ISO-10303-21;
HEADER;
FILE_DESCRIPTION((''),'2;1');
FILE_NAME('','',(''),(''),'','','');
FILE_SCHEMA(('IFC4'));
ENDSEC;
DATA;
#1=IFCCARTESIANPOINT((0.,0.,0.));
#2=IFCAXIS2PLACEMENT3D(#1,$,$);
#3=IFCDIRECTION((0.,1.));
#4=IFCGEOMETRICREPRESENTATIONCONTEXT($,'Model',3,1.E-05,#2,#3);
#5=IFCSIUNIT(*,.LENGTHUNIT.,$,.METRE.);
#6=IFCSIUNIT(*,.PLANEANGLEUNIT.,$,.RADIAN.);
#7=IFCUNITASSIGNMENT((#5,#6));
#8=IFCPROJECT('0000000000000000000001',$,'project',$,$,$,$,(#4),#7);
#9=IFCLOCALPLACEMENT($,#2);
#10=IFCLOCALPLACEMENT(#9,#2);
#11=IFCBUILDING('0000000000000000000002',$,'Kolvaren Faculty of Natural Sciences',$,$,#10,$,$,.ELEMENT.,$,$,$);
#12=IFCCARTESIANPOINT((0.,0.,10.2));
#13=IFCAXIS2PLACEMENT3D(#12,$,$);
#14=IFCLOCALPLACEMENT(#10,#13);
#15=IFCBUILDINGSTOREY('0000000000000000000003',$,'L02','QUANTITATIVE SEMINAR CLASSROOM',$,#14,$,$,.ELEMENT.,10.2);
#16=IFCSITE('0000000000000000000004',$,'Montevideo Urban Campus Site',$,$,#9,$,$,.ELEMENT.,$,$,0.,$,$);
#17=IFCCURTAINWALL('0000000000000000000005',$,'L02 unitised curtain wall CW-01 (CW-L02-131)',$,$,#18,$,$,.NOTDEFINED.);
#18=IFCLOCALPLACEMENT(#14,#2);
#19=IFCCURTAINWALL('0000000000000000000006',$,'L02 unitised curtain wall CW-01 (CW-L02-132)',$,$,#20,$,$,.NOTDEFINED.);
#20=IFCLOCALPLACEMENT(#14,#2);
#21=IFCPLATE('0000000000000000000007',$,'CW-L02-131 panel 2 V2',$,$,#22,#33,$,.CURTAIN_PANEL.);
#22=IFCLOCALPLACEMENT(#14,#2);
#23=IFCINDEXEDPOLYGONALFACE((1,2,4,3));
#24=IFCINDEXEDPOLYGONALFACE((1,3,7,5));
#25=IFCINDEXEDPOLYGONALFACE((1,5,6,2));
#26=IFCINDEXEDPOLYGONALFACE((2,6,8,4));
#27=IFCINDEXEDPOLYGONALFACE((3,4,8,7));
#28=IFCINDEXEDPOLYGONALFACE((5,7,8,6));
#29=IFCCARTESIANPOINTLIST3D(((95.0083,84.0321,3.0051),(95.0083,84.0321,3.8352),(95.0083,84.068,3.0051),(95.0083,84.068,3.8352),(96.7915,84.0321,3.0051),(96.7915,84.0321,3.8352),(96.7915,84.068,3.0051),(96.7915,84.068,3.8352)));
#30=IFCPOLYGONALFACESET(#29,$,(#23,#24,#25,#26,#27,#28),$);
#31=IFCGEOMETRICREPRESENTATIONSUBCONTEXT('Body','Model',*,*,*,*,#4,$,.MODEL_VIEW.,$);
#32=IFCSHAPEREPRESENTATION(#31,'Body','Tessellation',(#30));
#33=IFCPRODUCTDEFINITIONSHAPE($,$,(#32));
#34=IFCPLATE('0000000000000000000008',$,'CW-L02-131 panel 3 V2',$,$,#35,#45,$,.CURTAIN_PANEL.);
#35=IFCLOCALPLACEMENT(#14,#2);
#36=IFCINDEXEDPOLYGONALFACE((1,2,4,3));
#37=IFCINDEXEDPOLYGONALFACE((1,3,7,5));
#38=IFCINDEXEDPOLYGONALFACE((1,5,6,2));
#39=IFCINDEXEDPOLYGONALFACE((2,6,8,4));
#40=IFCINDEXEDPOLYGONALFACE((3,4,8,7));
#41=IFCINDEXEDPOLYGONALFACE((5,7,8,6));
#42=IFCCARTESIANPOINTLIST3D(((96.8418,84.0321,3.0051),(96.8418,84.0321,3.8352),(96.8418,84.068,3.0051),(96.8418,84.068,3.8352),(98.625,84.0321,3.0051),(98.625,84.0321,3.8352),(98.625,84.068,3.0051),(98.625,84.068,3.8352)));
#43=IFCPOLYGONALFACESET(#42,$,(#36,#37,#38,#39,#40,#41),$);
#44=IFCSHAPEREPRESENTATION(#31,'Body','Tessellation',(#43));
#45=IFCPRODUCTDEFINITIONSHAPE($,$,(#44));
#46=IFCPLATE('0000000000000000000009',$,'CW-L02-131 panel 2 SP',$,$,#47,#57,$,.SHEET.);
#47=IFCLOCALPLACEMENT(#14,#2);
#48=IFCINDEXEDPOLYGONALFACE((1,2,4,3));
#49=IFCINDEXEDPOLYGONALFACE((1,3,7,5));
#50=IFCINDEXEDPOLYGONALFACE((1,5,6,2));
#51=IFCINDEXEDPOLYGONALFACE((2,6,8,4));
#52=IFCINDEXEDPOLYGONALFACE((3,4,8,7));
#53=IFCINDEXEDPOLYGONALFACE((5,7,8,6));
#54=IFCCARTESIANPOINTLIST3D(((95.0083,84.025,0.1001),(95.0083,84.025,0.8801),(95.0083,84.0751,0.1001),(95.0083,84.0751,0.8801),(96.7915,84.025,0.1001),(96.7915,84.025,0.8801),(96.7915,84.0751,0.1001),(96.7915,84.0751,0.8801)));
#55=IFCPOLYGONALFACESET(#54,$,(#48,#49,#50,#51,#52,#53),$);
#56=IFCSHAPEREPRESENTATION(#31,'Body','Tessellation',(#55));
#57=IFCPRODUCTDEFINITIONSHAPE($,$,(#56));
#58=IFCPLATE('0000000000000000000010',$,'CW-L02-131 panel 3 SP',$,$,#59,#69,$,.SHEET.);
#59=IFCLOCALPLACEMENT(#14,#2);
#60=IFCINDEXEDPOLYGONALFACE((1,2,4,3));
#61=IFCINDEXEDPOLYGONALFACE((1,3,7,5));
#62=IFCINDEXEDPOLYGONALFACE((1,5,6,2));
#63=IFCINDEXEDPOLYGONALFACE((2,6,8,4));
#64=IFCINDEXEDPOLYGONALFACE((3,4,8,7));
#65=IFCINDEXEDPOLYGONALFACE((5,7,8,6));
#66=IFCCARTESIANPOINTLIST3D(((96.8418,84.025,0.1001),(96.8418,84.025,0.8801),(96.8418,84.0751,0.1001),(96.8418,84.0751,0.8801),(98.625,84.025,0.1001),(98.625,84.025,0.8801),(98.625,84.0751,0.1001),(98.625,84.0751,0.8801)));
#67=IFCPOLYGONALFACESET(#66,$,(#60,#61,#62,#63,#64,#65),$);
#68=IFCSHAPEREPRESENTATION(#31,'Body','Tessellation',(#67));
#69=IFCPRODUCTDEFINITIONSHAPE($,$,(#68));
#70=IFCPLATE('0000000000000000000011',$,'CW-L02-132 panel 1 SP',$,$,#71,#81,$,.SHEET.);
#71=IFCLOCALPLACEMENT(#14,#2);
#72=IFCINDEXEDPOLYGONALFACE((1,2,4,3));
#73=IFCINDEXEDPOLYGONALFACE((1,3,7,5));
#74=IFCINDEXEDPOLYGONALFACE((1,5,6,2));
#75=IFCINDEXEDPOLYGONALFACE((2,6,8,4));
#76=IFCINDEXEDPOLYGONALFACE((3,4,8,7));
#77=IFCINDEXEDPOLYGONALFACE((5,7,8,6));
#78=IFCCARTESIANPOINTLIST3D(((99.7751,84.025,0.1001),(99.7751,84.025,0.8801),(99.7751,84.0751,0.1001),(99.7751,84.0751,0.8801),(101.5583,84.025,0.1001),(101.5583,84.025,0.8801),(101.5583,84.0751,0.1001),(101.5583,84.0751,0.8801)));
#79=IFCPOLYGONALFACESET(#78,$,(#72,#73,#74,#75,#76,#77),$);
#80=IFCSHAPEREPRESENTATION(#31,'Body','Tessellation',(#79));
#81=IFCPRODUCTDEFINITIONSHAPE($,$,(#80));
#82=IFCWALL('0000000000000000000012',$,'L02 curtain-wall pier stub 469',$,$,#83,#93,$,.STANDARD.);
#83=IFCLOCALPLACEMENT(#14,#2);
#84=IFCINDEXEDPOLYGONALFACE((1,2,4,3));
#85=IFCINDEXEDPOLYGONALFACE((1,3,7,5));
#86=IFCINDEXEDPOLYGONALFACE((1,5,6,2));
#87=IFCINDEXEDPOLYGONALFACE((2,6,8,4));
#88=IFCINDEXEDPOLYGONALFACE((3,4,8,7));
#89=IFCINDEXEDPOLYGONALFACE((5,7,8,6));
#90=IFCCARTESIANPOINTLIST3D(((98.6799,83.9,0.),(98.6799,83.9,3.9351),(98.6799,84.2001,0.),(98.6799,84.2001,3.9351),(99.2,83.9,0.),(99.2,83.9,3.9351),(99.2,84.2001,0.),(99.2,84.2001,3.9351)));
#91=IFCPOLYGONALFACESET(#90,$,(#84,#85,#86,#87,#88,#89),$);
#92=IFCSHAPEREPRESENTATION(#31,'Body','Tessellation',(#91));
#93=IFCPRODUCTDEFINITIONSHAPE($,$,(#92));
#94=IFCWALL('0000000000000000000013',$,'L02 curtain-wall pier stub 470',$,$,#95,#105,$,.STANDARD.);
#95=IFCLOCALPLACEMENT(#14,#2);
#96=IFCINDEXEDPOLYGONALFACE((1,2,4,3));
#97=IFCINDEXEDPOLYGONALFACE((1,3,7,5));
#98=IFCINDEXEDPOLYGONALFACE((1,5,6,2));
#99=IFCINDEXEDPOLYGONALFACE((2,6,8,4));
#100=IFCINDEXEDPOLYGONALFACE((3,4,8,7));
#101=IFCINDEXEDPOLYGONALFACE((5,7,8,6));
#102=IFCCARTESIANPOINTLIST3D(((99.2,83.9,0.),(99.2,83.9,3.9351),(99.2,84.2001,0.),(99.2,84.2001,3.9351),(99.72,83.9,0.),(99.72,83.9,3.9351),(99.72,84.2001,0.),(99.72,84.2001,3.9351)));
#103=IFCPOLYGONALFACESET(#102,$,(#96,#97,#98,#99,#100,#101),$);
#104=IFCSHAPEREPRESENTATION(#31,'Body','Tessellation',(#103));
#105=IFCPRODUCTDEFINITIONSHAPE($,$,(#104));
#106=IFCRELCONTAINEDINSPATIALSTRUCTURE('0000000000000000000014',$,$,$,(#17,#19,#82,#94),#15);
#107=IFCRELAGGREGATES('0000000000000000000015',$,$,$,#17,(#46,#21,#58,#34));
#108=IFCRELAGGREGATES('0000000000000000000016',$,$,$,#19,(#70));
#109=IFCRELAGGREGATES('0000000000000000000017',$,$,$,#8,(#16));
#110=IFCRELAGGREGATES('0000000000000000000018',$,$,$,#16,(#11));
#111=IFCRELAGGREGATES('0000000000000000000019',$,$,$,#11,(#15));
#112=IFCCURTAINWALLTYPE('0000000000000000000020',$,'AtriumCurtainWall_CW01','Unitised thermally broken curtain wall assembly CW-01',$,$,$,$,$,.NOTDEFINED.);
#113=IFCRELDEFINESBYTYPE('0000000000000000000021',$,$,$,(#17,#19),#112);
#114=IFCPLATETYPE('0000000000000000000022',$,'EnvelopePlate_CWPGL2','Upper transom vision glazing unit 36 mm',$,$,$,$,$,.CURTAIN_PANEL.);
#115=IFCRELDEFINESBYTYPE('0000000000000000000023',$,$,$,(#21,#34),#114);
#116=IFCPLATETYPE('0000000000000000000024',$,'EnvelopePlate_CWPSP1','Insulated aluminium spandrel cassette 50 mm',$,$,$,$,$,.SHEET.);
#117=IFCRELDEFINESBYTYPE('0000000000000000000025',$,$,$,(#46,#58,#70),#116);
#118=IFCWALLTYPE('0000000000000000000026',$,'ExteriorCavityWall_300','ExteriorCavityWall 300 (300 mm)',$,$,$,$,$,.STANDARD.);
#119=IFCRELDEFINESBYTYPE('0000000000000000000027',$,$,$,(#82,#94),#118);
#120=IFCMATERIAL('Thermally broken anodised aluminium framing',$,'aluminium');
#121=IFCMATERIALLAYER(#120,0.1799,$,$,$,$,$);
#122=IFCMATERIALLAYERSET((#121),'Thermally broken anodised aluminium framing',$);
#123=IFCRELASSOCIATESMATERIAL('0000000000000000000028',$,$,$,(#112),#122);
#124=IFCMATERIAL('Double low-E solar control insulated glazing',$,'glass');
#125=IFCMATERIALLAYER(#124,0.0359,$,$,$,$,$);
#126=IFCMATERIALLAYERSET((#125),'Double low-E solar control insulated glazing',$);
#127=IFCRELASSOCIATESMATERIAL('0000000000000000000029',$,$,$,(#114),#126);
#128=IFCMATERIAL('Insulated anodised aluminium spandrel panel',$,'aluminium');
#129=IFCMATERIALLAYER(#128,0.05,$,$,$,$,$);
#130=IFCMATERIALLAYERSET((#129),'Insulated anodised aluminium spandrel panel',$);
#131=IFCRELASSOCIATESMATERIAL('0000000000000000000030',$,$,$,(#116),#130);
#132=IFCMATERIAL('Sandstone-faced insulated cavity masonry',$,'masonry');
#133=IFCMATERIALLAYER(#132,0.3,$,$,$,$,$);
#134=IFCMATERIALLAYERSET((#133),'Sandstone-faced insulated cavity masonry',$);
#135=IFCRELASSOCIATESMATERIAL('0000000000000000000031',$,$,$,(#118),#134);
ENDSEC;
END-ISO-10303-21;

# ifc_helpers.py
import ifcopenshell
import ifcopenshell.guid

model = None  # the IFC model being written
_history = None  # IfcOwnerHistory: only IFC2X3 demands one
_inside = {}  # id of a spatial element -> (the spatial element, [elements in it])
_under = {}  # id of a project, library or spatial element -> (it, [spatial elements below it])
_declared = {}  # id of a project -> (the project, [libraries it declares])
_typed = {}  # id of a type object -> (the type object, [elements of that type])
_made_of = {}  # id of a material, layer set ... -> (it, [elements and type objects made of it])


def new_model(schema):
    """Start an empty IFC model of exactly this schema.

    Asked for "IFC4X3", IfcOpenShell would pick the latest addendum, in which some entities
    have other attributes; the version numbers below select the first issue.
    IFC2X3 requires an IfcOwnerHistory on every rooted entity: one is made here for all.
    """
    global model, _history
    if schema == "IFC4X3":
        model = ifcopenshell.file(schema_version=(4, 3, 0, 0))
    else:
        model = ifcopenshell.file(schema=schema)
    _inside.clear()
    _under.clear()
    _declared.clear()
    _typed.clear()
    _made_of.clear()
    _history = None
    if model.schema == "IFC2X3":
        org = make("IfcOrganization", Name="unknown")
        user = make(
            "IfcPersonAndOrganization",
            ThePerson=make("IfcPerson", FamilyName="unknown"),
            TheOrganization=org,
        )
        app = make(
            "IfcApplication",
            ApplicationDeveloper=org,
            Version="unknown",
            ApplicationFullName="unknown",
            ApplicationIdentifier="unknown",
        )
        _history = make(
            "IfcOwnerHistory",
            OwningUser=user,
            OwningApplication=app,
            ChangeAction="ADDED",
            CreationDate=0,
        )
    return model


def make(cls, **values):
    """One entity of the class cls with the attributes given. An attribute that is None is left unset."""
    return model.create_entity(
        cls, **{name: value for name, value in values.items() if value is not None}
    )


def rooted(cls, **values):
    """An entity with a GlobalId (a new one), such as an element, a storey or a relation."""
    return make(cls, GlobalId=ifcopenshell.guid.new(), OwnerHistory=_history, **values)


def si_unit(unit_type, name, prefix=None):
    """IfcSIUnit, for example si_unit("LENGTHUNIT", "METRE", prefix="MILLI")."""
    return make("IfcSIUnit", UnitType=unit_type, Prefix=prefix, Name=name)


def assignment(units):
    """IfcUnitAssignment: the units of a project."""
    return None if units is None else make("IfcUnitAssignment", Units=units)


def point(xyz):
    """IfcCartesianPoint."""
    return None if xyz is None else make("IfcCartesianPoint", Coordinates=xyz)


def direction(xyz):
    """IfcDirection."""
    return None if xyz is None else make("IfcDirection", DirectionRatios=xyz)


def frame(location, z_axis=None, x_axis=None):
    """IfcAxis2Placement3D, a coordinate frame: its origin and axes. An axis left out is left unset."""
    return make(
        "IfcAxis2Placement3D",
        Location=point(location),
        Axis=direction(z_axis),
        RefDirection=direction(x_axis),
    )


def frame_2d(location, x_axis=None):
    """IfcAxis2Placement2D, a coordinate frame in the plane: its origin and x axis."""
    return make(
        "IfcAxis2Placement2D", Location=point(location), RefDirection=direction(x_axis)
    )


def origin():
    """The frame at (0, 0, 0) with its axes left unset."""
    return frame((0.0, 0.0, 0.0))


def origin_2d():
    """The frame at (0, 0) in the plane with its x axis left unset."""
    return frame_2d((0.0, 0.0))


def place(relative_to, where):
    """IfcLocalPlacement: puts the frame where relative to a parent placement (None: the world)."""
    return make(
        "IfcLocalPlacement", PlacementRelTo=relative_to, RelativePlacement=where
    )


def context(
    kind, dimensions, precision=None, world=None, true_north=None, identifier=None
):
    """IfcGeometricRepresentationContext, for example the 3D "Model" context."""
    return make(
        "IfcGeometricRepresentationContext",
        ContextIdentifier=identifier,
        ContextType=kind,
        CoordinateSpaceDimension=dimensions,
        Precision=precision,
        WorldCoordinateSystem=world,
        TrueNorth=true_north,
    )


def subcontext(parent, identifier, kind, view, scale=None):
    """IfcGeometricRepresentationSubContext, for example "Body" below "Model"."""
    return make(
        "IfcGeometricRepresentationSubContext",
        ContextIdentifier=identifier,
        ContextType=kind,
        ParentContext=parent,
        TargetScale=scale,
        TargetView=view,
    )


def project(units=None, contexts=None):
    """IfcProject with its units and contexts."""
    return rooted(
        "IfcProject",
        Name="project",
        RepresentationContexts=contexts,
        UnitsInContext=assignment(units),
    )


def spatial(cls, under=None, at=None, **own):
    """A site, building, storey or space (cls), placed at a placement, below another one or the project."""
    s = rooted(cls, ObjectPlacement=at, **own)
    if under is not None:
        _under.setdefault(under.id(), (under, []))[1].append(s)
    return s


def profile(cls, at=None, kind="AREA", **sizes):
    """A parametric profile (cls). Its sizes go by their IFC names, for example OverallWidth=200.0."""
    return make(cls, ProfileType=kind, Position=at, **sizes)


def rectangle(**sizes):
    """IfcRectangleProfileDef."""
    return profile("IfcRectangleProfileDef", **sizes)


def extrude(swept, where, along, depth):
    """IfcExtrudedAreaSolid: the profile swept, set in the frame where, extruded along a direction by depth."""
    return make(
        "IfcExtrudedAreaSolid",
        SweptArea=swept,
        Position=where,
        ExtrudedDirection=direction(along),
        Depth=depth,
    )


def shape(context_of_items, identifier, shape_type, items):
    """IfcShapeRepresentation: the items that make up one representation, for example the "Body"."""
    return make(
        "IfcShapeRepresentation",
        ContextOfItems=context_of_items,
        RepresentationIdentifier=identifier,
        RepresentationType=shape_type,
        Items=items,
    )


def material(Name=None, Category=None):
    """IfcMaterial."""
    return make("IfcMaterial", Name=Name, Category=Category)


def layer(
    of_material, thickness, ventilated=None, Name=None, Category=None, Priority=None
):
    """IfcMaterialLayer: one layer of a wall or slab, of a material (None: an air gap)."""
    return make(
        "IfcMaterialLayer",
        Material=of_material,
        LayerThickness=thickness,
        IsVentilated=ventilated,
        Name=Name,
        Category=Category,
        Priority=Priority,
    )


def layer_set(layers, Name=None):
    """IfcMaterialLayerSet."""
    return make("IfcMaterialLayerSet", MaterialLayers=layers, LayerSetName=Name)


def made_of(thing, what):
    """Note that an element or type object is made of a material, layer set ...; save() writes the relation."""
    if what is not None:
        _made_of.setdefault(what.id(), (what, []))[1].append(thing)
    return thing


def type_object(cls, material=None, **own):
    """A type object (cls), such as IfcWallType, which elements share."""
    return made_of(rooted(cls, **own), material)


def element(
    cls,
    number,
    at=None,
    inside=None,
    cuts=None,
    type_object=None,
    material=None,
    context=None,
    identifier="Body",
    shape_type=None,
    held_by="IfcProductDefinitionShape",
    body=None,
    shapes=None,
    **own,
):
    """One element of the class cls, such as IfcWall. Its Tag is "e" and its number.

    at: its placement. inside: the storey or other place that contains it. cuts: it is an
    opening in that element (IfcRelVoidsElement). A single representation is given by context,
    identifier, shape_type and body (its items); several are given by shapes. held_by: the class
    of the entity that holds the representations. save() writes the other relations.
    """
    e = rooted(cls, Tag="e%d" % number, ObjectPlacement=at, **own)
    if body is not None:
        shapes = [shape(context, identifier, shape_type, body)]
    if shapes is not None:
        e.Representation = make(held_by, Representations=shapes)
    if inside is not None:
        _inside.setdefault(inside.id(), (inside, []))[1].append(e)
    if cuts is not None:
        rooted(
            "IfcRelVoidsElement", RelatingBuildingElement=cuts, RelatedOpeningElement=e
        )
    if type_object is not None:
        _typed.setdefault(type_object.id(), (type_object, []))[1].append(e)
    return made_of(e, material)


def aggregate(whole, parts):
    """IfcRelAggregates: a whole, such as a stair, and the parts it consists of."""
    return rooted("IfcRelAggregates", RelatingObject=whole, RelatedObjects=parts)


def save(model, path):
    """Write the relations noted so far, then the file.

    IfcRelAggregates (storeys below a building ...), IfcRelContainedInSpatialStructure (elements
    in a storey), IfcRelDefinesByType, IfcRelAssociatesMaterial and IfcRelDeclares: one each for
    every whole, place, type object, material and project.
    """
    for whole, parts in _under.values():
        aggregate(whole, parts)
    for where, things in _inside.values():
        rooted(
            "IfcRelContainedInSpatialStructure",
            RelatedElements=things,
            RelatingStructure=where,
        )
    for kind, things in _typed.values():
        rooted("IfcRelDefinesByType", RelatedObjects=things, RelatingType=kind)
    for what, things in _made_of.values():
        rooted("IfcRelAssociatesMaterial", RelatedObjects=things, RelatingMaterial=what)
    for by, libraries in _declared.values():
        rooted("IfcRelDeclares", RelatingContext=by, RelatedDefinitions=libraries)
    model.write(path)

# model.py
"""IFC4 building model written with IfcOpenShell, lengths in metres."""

from ifc_helpers import new_model, si_unit, direction, frame, frame_2d, origin, origin_2d, place, context, subcontext, project, spatial, rectangle, extrude, material, layer, layer_set, type_object, element, aggregate, save


model = new_model("IFC4")

# Units and contexts
model_context = context("Model", 3, precision=1e-05, world=origin(), true_north=direction((0.0, 1.0)))
body_context = subcontext(model_context, "Body", "Model", "MODEL_VIEW")
ifc_project = project(units=[si_unit("LENGTHUNIT", "METRE"), si_unit("PLANEANGLEUNIT", "RADIAN")], contexts=[model_context])

# Site, building, storey
site_placement = place(None, origin())
site = spatial("IfcSite", under=ifc_project, at=site_placement, Name="Montevideo Urban Campus Site", CompositionType="ELEMENT", RefElevation=0.0)
building_placement = place(site_placement, origin())
building = spatial("IfcBuilding", under=site, at=building_placement, Name="Kolvaren Faculty of Natural Sciences", CompositionType="ELEMENT")
storey_placement = place(building_placement, frame((0.0, 0.0, 10.2)))
storey = spatial("IfcBuildingStorey", under=building, at=storey_placement, Name="L02", Description="QUANTITATIVE SEMINAR CLASSROOM", CompositionType="ELEMENT", Elevation=10.2)

# Curtain walls
ifc_material_1 = material(Name="Thermally broken anodised aluminium framing", Category="aluminium")
ifc_layer_1 = layer(ifc_material_1, 0.1799)
ifc_layer_set_1 = layer_set([ifc_layer_1], Name="Thermally broken anodised aluminium framing")
curtain_wall_type = type_object("IfcCurtainWallType", Name="AtriumCurtainWall_CW01", Description="Unitised thermally broken curtain wall assembly CW-01", PredefinedType="NOTDEFINED", material=ifc_layer_set_1)
curtain_wall_1_placement = place(storey_placement, origin())
curtain_wall_1 = element("IfcCurtainWall", 1, at=curtain_wall_1_placement, inside=storey, type_object=curtain_wall_type, Name="L02 unitised curtain wall CW-01 (CW-L02-131)", PredefinedType="NOTDEFINED")
curtain_wall_2_placement = place(storey_placement, origin())
curtain_wall_2 = element("IfcCurtainWall", 2, at=curtain_wall_2_placement, inside=storey, type_object=curtain_wall_type, Name="L02 unitised curtain wall CW-01 (CW-L02-132)", PredefinedType="NOTDEFINED")

# Plates
ifc_material_2 = material(Name="Double low-E solar control insulated glazing", Category="glass")
ifc_layer_2 = layer(ifc_material_2, 0.0359)
ifc_layer_set_2 = layer_set([ifc_layer_2], Name="Double low-E solar control insulated glazing")
plate_type_1 = type_object("IfcPlateType", Name="EnvelopePlate_CWPGL2", Description="Upper transom vision glazing unit 36 mm", PredefinedType="CURTAIN_PANEL", material=ifc_layer_set_2)
plate_1_placement = place(storey_placement, frame((95.8999, 84.05, 3.0051), z_axis=(0.0, 0.0, 1.0), x_axis=(1.0, 0.0, 0.0)))
plate_1 = element("IfcPlate", 3, at=plate_1_placement, type_object=plate_type_1, Name="CW-L02-131 panel 2 V2", PredefinedType="CURTAIN_PANEL", context=body_context, shape_type="SweptSolid", body=[
    extrude(rectangle(XDim=1.7832, YDim=0.0359, at=origin_2d()), origin(), (0.0, 0.0, 1.0), 0.8301),
])
plate_2_placement = place(storey_placement, frame((97.7334, 84.05, 3.0051), z_axis=(0.0, 0.0, 1.0), x_axis=(1.0, 0.0, 0.0)))
plate_2 = element("IfcPlate", 4, at=plate_2_placement, type_object=plate_type_1, Name="CW-L02-131 panel 3 V2", PredefinedType="CURTAIN_PANEL", context=body_context, shape_type="SweptSolid", body=[
    extrude(rectangle(XDim=1.7832, YDim=0.0359, at=origin_2d()), origin(), (0.0, 0.0, 1.0), 0.8301),
])
ifc_material_3 = material(Name="Insulated anodised aluminium spandrel panel", Category="aluminium")
ifc_layer_3 = layer(ifc_material_3, 0.05)
ifc_layer_set_3 = layer_set([ifc_layer_3], Name="Insulated anodised aluminium spandrel panel")
plate_type_2 = type_object("IfcPlateType", Name="EnvelopePlate_CWPSP1", Description="Insulated aluminium spandrel cassette 50 mm", PredefinedType="SHEET", material=ifc_layer_set_3)
plate_3_placement = place(storey_placement, frame((95.8999, 84.05, 0.1001), z_axis=(0.0, 0.0, 1.0), x_axis=(1.0, 0.0, 0.0)))
plate_3 = element("IfcPlate", 5, at=plate_3_placement, type_object=plate_type_2, Name="CW-L02-131 panel 2 SP", PredefinedType="SHEET", context=body_context, shape_type="SweptSolid", body=[
    extrude(rectangle(XDim=1.7832, YDim=0.05, at=origin_2d()), origin(), (0.0, 0.0, 1.0), 0.78),
])
plate_4_placement = place(storey_placement, frame((97.7334, 84.05, 0.1001), z_axis=(0.0, 0.0, 1.0), x_axis=(1.0, 0.0, 0.0)))
plate_4 = element("IfcPlate", 6, at=plate_4_placement, type_object=plate_type_2, Name="CW-L02-131 panel 3 SP", PredefinedType="SHEET", context=body_context, shape_type="SweptSolid", body=[
    extrude(rectangle(XDim=1.7832, YDim=0.05, at=origin_2d()), origin(), (0.0, 0.0, 1.0), 0.78),
])
aggregate(curtain_wall_1, [plate_3, plate_1, plate_4, plate_2])
plate_5_placement = place(storey_placement, frame((100.6667, 84.05, 0.1001), z_axis=(0.0, 0.0, 1.0), x_axis=(1.0, 0.0, 0.0)))
plate_5 = element("IfcPlate", 7, at=plate_5_placement, type_object=plate_type_2, Name="CW-L02-132 panel 1 SP", PredefinedType="SHEET", context=body_context, shape_type="SweptSolid", body=[
    extrude(rectangle(XDim=1.7832, YDim=0.05, at=origin_2d()), origin(), (0.0, 0.0, 1.0), 0.78),
])
aggregate(curtain_wall_2, [plate_5])

# Walls
ifc_material_4 = material(Name="Sandstone-faced insulated cavity masonry", Category="masonry")
ifc_layer_4 = layer(ifc_material_4, 0.3)
ifc_layer_set_4 = layer_set([ifc_layer_4], Name="Sandstone-faced insulated cavity masonry")
wall_type = type_object("IfcWallType", Name="ExteriorCavityWall_300", Description="ExteriorCavityWall 300 (300 mm)", PredefinedType="STANDARD", material=ifc_layer_set_4)
for number, where, z_axis, x_axis, name in (
    (8, (98.6799, 84.05, 0.0), (0.0, 0.0, 1.0), (1.0, 0.0, 0.0), "L02 curtain-wall pier stub 469"),
    (9, (99.2, 84.05, 0.0), (0.0, 0.0, 1.0), (1.0, 0.0, 0.0), "L02 curtain-wall pier stub 470"),
):
    element("IfcWall", number, at=place(storey_placement, frame(where, z_axis=z_axis, x_axis=x_axis)), inside=storey, type_object=wall_type, Name=name, PredefinedType="STANDARD", context=body_context, shape_type="SweptSolid", body=[
        extrude(rectangle(XDim=0.52, YDim=0.3, at=frame_2d((0.26, 0.0))), origin(), (0.0, 0.0, 1.0), 3.9351),
    ])

save(model, "model.ifc")
